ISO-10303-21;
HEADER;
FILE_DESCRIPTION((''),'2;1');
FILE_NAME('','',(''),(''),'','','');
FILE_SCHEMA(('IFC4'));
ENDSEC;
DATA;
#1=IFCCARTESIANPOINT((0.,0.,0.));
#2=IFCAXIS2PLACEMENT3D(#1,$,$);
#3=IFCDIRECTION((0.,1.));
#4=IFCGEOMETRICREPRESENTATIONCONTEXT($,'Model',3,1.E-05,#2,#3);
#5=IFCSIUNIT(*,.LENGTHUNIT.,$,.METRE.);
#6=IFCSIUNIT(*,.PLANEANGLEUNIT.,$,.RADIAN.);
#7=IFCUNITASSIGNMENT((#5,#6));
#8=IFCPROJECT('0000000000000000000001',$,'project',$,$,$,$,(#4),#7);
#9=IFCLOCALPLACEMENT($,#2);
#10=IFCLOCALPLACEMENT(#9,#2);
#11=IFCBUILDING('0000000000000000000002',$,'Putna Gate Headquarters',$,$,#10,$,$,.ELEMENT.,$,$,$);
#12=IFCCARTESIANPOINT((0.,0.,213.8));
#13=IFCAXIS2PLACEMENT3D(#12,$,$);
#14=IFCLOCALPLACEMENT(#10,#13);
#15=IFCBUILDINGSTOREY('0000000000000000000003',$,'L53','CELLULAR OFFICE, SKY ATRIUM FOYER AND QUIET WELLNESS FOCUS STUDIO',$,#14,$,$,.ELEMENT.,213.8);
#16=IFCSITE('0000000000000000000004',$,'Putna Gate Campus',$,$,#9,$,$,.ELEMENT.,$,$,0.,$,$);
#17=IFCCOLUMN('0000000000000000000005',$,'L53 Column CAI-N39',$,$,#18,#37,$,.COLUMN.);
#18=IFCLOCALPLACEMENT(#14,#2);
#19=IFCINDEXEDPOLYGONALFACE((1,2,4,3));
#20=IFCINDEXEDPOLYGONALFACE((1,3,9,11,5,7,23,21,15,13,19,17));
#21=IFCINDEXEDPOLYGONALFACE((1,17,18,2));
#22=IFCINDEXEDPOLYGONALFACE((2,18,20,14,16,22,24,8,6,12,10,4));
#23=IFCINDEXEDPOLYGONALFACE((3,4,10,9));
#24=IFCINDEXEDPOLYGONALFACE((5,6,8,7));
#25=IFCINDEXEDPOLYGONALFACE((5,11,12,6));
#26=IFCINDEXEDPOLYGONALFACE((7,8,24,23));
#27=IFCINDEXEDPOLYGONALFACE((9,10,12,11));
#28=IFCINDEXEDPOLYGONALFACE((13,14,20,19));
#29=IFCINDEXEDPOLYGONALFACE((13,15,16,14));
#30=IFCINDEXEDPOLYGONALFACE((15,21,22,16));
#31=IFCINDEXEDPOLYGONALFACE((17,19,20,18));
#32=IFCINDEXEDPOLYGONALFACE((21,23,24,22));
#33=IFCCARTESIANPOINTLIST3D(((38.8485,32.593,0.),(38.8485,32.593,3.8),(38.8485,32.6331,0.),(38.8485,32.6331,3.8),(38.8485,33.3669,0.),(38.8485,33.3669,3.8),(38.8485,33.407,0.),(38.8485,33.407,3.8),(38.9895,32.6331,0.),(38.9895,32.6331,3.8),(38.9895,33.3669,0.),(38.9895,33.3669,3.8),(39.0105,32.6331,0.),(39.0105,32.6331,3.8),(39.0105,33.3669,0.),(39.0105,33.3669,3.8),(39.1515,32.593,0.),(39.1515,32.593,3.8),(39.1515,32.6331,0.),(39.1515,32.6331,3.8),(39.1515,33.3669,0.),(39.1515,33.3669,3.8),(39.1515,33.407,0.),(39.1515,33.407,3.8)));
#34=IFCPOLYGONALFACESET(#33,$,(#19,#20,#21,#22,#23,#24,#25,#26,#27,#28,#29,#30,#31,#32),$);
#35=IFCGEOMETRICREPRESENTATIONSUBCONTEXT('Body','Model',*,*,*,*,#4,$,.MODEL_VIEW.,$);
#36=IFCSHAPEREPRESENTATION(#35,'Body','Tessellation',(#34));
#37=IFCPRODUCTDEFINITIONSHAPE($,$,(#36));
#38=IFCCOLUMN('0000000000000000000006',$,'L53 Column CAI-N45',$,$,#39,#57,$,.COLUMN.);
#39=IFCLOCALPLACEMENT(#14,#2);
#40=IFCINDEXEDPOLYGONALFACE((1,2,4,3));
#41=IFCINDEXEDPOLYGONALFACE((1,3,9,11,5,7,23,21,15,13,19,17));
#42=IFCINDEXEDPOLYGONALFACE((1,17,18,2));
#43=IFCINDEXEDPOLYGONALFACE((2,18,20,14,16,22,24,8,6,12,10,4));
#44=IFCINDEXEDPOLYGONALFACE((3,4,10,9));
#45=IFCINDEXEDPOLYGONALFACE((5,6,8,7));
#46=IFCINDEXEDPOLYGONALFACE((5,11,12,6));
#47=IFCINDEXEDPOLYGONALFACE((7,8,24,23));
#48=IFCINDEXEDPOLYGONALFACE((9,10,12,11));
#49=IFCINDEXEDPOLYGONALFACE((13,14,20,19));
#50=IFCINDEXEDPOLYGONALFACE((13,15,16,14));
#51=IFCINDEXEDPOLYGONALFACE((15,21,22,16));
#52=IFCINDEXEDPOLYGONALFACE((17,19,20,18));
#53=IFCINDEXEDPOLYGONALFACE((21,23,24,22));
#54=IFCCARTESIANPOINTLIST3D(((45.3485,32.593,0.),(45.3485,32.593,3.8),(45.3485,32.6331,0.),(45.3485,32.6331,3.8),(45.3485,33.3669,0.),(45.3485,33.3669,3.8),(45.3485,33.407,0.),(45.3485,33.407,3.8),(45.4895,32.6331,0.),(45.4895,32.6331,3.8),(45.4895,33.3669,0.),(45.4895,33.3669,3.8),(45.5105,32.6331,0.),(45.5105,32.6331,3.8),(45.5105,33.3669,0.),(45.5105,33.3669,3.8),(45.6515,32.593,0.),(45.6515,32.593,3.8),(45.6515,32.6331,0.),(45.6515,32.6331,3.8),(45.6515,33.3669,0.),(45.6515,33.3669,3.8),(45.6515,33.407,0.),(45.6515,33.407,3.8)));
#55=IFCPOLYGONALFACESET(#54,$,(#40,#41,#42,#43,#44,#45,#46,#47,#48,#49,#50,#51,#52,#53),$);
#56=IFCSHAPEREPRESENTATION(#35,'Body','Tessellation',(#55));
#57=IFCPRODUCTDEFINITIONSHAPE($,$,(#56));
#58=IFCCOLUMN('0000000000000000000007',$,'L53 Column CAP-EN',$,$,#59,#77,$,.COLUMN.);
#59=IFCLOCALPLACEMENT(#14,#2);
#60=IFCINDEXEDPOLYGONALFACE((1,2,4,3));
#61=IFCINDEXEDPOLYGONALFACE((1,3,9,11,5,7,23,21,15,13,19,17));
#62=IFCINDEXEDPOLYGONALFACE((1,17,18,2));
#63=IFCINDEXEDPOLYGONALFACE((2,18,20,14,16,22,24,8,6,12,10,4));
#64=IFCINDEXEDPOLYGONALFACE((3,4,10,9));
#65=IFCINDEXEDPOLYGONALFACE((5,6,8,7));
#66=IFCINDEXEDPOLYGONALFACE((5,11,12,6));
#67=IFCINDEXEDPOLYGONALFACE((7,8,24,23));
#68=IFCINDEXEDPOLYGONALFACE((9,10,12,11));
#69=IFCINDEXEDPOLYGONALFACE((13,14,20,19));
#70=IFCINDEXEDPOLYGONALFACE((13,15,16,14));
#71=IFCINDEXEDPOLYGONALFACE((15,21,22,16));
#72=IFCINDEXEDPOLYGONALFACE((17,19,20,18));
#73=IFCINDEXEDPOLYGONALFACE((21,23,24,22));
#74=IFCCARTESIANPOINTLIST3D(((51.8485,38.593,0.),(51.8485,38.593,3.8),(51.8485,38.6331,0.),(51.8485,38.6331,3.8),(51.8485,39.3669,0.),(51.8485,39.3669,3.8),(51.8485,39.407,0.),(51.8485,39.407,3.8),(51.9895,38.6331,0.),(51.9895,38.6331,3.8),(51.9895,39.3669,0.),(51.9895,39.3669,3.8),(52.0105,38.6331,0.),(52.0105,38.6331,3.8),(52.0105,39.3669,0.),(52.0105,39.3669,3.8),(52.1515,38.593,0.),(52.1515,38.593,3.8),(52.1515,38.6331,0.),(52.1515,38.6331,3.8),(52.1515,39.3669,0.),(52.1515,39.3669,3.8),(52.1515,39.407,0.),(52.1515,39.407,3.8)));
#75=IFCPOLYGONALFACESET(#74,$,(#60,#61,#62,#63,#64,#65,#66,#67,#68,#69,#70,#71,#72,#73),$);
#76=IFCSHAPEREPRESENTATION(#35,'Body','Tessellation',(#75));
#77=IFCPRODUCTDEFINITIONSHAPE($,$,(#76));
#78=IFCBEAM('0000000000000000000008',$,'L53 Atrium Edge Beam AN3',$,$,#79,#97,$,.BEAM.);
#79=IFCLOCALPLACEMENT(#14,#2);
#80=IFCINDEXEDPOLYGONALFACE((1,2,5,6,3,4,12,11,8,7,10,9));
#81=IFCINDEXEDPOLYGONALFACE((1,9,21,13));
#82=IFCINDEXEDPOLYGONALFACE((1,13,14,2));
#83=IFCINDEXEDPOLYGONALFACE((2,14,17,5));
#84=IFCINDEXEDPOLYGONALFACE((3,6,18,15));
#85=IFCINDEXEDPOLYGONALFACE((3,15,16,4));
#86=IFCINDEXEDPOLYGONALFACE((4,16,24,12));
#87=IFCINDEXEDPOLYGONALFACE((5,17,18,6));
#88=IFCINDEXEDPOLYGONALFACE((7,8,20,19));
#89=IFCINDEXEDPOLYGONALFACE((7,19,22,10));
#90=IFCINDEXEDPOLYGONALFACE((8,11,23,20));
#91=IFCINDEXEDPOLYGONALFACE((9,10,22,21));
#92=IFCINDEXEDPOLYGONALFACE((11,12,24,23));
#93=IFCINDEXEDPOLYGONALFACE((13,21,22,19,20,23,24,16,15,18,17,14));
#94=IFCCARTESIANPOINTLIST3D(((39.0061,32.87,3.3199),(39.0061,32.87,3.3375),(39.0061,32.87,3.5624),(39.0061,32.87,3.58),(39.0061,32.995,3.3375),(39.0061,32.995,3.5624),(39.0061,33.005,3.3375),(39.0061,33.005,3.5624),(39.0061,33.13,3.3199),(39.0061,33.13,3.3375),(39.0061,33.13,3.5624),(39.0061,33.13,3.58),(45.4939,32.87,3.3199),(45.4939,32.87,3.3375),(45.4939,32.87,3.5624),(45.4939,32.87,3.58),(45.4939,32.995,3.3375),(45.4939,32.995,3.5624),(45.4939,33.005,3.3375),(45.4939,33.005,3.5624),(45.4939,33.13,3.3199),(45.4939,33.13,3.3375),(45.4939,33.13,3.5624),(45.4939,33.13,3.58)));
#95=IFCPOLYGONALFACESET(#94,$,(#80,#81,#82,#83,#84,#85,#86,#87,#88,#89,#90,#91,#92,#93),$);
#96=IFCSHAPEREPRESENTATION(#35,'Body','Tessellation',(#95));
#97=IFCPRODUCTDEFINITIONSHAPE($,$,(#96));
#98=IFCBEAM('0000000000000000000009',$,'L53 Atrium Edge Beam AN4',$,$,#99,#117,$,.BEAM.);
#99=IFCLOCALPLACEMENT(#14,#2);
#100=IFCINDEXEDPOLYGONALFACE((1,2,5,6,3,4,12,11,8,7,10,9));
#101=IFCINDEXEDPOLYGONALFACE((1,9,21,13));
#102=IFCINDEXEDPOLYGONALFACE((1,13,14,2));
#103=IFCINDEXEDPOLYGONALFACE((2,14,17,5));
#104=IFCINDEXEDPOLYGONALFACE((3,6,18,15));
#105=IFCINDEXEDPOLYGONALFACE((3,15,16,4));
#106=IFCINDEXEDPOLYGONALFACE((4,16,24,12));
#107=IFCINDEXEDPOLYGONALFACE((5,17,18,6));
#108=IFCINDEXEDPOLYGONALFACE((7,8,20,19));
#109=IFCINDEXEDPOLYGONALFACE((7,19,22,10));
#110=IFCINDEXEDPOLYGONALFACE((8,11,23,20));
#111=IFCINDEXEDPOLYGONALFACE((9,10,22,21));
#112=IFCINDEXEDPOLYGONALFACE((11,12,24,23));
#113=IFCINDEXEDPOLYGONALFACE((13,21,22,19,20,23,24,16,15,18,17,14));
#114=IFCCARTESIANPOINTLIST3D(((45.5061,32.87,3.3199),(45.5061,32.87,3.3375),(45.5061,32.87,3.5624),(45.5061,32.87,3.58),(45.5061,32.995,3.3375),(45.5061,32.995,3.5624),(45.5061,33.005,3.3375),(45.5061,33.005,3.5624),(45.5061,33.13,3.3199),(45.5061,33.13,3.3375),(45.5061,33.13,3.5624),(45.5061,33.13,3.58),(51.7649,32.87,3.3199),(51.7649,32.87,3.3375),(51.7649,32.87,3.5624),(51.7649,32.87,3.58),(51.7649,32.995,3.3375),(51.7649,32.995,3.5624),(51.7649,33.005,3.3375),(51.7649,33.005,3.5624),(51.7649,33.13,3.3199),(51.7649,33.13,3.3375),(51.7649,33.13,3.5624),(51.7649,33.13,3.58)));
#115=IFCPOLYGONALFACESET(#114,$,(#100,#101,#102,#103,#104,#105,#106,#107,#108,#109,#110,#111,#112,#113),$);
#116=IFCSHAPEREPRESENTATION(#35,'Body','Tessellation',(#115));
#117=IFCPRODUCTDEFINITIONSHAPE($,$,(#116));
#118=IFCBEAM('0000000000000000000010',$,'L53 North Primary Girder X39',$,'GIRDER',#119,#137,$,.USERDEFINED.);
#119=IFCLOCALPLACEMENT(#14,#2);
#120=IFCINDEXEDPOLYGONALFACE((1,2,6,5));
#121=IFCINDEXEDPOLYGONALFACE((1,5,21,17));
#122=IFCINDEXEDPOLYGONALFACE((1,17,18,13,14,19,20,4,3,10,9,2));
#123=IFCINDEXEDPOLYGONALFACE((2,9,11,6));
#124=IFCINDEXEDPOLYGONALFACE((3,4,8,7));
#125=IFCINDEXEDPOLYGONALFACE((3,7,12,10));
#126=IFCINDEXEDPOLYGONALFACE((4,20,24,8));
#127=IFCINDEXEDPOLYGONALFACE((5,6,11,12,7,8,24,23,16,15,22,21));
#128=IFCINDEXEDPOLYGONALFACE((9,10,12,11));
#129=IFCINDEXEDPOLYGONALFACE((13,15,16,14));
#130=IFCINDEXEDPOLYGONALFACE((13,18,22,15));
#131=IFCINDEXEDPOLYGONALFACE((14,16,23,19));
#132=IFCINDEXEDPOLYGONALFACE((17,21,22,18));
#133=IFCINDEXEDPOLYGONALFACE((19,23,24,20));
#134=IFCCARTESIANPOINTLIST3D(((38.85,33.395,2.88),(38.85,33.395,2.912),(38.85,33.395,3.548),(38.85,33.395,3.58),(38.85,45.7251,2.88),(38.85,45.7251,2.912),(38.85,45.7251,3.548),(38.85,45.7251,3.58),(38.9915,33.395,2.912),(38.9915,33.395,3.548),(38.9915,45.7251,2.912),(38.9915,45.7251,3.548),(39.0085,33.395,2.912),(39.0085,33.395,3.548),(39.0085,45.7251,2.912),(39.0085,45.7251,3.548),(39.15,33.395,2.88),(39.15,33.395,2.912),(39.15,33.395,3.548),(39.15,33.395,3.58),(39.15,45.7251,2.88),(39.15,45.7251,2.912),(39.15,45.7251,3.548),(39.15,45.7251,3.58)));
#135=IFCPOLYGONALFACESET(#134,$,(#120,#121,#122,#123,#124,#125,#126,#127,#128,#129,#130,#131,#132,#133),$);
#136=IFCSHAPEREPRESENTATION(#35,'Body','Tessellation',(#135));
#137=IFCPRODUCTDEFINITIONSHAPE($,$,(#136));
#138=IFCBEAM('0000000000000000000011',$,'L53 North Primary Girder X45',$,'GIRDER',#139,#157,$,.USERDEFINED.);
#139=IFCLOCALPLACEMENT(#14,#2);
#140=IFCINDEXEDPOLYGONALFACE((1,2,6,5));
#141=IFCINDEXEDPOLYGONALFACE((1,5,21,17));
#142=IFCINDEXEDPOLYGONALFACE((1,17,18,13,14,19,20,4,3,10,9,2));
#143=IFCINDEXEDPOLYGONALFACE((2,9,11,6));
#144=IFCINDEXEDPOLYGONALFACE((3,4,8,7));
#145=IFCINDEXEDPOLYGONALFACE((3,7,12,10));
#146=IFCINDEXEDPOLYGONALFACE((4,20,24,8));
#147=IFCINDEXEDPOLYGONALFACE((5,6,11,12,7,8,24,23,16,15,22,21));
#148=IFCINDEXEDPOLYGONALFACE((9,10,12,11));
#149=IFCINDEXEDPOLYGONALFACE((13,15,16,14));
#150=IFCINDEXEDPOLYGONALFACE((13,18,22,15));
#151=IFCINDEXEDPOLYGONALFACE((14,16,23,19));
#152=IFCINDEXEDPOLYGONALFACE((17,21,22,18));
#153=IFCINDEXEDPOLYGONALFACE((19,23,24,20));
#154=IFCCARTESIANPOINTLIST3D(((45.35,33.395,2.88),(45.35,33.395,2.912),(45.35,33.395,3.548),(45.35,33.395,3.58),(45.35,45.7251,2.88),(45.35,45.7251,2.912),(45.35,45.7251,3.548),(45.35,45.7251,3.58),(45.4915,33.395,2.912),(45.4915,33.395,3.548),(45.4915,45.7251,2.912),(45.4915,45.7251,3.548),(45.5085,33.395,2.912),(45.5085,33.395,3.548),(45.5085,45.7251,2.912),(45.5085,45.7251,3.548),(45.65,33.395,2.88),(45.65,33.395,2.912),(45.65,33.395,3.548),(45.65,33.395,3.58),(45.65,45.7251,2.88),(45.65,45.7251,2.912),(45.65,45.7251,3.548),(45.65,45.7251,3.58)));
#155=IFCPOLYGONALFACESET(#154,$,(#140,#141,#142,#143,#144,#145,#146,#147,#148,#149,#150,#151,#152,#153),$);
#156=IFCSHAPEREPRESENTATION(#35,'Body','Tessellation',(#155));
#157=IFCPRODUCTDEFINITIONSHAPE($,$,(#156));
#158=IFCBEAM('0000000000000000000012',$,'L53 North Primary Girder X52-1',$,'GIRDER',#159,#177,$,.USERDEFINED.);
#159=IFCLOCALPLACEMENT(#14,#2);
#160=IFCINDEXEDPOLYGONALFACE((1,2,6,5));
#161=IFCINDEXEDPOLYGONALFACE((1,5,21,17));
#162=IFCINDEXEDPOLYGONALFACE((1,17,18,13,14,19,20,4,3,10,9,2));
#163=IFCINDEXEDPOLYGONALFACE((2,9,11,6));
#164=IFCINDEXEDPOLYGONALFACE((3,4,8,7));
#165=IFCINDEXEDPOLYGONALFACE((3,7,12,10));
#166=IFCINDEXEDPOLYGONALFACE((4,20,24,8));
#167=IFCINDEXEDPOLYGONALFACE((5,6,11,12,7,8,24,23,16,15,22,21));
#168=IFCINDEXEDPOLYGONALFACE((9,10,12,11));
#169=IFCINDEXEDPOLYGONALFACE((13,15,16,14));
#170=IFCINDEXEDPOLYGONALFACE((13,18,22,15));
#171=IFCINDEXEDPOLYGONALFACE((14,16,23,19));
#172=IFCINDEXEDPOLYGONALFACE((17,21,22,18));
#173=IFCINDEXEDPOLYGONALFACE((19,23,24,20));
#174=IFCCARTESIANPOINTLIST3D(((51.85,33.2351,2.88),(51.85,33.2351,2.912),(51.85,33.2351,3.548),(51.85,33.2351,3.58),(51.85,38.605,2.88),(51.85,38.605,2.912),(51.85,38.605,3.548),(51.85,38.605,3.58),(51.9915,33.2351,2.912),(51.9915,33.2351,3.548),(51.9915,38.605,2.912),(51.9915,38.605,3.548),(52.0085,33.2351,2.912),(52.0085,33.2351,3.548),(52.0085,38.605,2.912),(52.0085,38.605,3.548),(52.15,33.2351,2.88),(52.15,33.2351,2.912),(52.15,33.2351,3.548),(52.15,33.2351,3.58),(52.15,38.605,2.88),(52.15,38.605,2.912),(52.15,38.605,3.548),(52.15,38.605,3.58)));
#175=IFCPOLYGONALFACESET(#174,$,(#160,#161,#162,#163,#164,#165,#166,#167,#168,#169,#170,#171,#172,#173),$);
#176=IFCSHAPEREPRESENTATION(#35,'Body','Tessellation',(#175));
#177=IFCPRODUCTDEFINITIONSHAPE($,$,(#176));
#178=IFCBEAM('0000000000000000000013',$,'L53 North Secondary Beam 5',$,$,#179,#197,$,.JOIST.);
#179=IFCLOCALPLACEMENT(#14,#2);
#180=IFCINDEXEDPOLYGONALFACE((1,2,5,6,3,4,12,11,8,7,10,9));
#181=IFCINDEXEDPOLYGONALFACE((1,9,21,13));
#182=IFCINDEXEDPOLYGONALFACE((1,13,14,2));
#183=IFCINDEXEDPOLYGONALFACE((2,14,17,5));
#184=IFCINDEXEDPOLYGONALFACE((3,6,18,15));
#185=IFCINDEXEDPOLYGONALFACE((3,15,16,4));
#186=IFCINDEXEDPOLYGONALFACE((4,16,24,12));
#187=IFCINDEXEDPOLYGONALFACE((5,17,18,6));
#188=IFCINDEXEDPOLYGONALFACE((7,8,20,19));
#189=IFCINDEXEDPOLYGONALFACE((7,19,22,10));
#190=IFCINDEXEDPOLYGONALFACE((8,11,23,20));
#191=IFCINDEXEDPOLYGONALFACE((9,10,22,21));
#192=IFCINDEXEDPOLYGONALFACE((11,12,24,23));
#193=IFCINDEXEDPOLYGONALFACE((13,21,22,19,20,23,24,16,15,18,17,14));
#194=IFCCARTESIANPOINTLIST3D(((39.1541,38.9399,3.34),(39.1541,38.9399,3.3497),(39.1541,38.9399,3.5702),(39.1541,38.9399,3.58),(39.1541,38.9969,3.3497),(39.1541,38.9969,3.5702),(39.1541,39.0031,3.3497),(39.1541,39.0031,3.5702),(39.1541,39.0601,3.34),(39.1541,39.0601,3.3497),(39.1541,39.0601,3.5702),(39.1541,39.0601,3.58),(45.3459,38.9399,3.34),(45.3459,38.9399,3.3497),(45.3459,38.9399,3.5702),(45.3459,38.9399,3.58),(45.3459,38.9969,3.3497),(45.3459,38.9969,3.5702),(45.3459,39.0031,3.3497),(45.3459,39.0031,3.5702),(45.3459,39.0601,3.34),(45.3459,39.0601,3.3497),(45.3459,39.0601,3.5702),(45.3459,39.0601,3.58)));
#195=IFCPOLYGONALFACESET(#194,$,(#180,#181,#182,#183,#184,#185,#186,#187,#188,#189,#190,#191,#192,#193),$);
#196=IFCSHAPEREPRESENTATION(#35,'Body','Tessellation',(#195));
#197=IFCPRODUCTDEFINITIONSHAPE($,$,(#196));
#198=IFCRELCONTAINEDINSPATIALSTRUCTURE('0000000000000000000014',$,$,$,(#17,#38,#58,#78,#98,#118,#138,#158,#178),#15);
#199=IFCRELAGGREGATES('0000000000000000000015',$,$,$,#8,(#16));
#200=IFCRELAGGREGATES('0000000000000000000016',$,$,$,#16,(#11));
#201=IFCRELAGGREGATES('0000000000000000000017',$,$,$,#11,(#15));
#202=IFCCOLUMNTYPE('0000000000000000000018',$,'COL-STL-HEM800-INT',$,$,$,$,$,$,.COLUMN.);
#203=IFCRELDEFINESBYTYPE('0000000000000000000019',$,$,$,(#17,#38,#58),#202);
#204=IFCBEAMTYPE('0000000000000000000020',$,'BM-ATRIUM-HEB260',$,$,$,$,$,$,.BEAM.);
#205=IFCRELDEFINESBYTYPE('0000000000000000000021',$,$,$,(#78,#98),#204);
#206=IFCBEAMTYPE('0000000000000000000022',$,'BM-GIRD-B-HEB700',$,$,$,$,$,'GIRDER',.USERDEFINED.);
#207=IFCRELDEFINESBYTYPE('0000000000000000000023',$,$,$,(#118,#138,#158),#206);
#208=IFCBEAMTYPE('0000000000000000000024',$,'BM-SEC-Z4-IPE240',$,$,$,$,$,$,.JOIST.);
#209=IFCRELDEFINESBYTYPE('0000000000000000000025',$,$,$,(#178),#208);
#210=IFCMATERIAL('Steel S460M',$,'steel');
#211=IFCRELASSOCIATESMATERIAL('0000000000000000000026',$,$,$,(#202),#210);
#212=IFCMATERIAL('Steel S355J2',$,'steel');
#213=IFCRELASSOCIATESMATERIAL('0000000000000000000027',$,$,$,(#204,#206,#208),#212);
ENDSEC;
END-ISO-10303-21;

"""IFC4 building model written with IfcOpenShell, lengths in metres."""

from ifc_helpers import new_model, si_unit, direction, frame, origin, origin_2d, place, context, subcontext, project, spatial, i_section, extrude, material, material_profile, profile_set, type_object, element, save


model = new_model("IFC4")

# Units and contexts
model_context = context("Model", 3, precision=1e-05, world=origin(), true_north=direction((0.0, 1.0)))
body_context = subcontext(model_context, "Body", "Model", "MODEL_VIEW")
ifc_project = project(units=[si_unit("LENGTHUNIT", "METRE"), si_unit("PLANEANGLEUNIT", "RADIAN")], contexts=[model_context])

# Site, building, storey
site_placement = place(None, origin())
site = spatial("IfcSite", under=ifc_project, at=site_placement, Name="Putna Gate Campus", CompositionType="ELEMENT", RefElevation=0.0)
building_placement = place(site_placement, origin())
building = spatial("IfcBuilding", under=site, at=building_placement, Name="Putna Gate Headquarters", CompositionType="ELEMENT")
storey_placement = place(building_placement, frame((0.0, 0.0, 213.8)))
storey = spatial("IfcBuildingStorey", under=building, at=storey_placement, Name="L53", Description="CELLULAR OFFICE, SKY ATRIUM FOYER AND QUIET WELLNESS FOCUS STUDIO", CompositionType="ELEMENT", Elevation=213.8)

# Columns
ifc_material_1 = material(Name="Steel S460M", Category="steel")
ifc_material_profile_1 = material_profile(ifc_material_1, i_section(OverallWidth=0.303, OverallDepth=0.814, WebThickness=0.021, FlangeThickness=0.04, at=origin_2d()), Name="Steel S460M")
ifc_profile_set_1 = profile_set([ifc_material_profile_1], Name="Steel S460M")
column_type = type_object("IfcColumnType", Name="COL-STL-HEM800-INT", PredefinedType="COLUMN", material=ifc_profile_set_1)
for number, where, z_axis, x_axis, name in (
    (1, (39.0, 33.0, 0.0), (0.0, 0.0, 1.0), (1.0, 0.0, 0.0), "L53 Column CAI-N39"),
    (2, (45.5, 33.0, 0.0), (0.0, 0.0, 1.0), (1.0, 0.0, 0.0), "L53 Column CAI-N45"),
    (3, (52.0, 39.0, 0.0), (0.0, 0.0, 1.0), (1.0, 0.0, 0.0), "L53 Column CAP-EN"),
):
    element("IfcColumn", number, at=place(storey_placement, frame(where, z_axis=z_axis, x_axis=x_axis)), inside=storey, type_object=column_type, Name=name, PredefinedType="COLUMN", context=body_context, shape_type="SweptSolid", body=[
        extrude(i_section(OverallWidth=0.303, OverallDepth=0.814, WebThickness=0.021, FlangeThickness=0.04, at=origin_2d()), origin(), (0.0, 0.0, 1.0), 3.8),
    ])

# Beams
ifc_material_2 = material(Name="Steel S355J2", Category="steel")
ifc_material_profile_2 = material_profile(ifc_material_2, i_section(OverallWidth=0.26, OverallDepth=0.26, WebThickness=0.01, FlangeThickness=0.0176, at=origin_2d()), Name="Steel S355J2")
ifc_profile_set_2 = profile_set([ifc_material_profile_2], Name="Steel S355J2")
beam_type_1 = type_object("IfcBeamType", Name="BM-ATRIUM-HEB260", PredefinedType="BEAM", material=ifc_profile_set_2)
beam_1_placement = place(storey_placement, frame((39.0061, 33.0, 3.45), z_axis=(1.0, 0.0, 0.0), x_axis=(0.0, 1.0, 0.0)))
element("IfcBeam", 4, at=beam_1_placement, inside=storey, type_object=beam_type_1, Name="L53 Atrium Edge Beam AN3", PredefinedType="BEAM", context=body_context, shape_type="SweptSolid", body=[
    extrude(i_section(OverallWidth=0.26, OverallDepth=0.26, WebThickness=0.01, FlangeThickness=0.0176, at=origin_2d()), origin(), (0.0, 0.0, 1.0), 6.4878),
])
beam_2_placement = place(storey_placement, frame((45.5061, 33.0, 3.45), z_axis=(1.0, 0.0, 0.0), x_axis=(0.0, 1.0, 0.0)))
element("IfcBeam", 5, at=beam_2_placement, inside=storey, type_object=beam_type_1, Name="L53 Atrium Edge Beam AN4", PredefinedType="BEAM", context=body_context, shape_type="SweptSolid", body=[
    extrude(i_section(OverallWidth=0.26, OverallDepth=0.26, WebThickness=0.01, FlangeThickness=0.0176, at=origin_2d()), origin(), (0.0, 0.0, 1.0), 6.2588),
])
ifc_material_profile_3 = material_profile(ifc_material_2, i_section(OverallWidth=0.3, OverallDepth=0.7, WebThickness=0.0171, FlangeThickness=0.032, at=origin_2d()), Name="Steel S355J2")
ifc_profile_set_3 = profile_set([ifc_material_profile_3], Name="Steel S355J2")
beam_type_2 = type_object("IfcBeamType", Name="BM-GIRD-B-HEB700", ElementType="GIRDER", PredefinedType="USERDEFINED", material=ifc_profile_set_3)
for number, where, z_axis, x_axis, name in (
    (6, (39.0, 33.395, 3.23), (0.0, 1.0, 0.0), (-1.0, 0.0, 0.0), "L53 North Primary Girder X39"),
    (7, (45.5, 33.395, 3.23), (0.0, 1.0, 0.0), (-1.0, 0.0, 0.0), "L53 North Primary Girder X45"),
):
    element("IfcBeam", number, at=place(storey_placement, frame(where, z_axis=z_axis, x_axis=x_axis)), inside=storey, type_object=beam_type_2, Name=name, ObjectType="GIRDER", PredefinedType="USERDEFINED", context=body_context, shape_type="SweptSolid", body=[
        extrude(i_section(OverallWidth=0.3, OverallDepth=0.7, WebThickness=0.0171, FlangeThickness=0.032, at=origin_2d()), origin(), (0.0, 0.0, 1.0), 12.3301),
    ])
beam_3_placement = place(storey_placement, frame((52.0, 33.2351, 3.23), z_axis=(0.0, 1.0, 0.0), x_axis=(-1.0, 0.0, 0.0)))
element("IfcBeam", 8, at=beam_3_placement, inside=storey, type_object=beam_type_2, Name="L53 North Primary Girder X52-1", ObjectType="GIRDER", PredefinedType="USERDEFINED", context=body_context, shape_type="SweptSolid", body=[
    extrude(i_section(OverallWidth=0.3, OverallDepth=0.7, WebThickness=0.0171, FlangeThickness=0.032, at=origin_2d()), origin(), (0.0, 0.0, 1.0), 5.3699),
])
ifc_material_profile_4 = material_profile(ifc_material_2, i_section(OverallWidth=0.1201, OverallDepth=0.24, WebThickness=0.0061, FlangeThickness=0.0098, at=origin_2d()), Name="Steel S355J2")
ifc_profile_set_4 = profile_set([ifc_material_profile_4], Name="Steel S355J2")
beam_type_3 = type_object("IfcBeamType", Name="BM-SEC-Z4-IPE240", PredefinedType="JOIST", material=ifc_profile_set_4)
beam_4_placement = place(storey_placement, frame((39.1541, 39.0, 3.46), z_axis=(1.0, 0.0, 0.0), x_axis=(0.0, 1.0, 0.0)))
element("IfcBeam", 9, at=beam_4_placement, inside=storey, type_object=beam_type_3, Name="L53 North Secondary Beam 5", PredefinedType="JOIST", context=body_context, shape_type="SweptSolid", body=[
    extrude(i_section(OverallWidth=0.1201, OverallDepth=0.24, WebThickness=0.0061, FlangeThickness=0.0098, at=origin_2d()), origin(), (0.0, 0.0, 1.0), 6.1919),
])

save(model, "model.ifc")
